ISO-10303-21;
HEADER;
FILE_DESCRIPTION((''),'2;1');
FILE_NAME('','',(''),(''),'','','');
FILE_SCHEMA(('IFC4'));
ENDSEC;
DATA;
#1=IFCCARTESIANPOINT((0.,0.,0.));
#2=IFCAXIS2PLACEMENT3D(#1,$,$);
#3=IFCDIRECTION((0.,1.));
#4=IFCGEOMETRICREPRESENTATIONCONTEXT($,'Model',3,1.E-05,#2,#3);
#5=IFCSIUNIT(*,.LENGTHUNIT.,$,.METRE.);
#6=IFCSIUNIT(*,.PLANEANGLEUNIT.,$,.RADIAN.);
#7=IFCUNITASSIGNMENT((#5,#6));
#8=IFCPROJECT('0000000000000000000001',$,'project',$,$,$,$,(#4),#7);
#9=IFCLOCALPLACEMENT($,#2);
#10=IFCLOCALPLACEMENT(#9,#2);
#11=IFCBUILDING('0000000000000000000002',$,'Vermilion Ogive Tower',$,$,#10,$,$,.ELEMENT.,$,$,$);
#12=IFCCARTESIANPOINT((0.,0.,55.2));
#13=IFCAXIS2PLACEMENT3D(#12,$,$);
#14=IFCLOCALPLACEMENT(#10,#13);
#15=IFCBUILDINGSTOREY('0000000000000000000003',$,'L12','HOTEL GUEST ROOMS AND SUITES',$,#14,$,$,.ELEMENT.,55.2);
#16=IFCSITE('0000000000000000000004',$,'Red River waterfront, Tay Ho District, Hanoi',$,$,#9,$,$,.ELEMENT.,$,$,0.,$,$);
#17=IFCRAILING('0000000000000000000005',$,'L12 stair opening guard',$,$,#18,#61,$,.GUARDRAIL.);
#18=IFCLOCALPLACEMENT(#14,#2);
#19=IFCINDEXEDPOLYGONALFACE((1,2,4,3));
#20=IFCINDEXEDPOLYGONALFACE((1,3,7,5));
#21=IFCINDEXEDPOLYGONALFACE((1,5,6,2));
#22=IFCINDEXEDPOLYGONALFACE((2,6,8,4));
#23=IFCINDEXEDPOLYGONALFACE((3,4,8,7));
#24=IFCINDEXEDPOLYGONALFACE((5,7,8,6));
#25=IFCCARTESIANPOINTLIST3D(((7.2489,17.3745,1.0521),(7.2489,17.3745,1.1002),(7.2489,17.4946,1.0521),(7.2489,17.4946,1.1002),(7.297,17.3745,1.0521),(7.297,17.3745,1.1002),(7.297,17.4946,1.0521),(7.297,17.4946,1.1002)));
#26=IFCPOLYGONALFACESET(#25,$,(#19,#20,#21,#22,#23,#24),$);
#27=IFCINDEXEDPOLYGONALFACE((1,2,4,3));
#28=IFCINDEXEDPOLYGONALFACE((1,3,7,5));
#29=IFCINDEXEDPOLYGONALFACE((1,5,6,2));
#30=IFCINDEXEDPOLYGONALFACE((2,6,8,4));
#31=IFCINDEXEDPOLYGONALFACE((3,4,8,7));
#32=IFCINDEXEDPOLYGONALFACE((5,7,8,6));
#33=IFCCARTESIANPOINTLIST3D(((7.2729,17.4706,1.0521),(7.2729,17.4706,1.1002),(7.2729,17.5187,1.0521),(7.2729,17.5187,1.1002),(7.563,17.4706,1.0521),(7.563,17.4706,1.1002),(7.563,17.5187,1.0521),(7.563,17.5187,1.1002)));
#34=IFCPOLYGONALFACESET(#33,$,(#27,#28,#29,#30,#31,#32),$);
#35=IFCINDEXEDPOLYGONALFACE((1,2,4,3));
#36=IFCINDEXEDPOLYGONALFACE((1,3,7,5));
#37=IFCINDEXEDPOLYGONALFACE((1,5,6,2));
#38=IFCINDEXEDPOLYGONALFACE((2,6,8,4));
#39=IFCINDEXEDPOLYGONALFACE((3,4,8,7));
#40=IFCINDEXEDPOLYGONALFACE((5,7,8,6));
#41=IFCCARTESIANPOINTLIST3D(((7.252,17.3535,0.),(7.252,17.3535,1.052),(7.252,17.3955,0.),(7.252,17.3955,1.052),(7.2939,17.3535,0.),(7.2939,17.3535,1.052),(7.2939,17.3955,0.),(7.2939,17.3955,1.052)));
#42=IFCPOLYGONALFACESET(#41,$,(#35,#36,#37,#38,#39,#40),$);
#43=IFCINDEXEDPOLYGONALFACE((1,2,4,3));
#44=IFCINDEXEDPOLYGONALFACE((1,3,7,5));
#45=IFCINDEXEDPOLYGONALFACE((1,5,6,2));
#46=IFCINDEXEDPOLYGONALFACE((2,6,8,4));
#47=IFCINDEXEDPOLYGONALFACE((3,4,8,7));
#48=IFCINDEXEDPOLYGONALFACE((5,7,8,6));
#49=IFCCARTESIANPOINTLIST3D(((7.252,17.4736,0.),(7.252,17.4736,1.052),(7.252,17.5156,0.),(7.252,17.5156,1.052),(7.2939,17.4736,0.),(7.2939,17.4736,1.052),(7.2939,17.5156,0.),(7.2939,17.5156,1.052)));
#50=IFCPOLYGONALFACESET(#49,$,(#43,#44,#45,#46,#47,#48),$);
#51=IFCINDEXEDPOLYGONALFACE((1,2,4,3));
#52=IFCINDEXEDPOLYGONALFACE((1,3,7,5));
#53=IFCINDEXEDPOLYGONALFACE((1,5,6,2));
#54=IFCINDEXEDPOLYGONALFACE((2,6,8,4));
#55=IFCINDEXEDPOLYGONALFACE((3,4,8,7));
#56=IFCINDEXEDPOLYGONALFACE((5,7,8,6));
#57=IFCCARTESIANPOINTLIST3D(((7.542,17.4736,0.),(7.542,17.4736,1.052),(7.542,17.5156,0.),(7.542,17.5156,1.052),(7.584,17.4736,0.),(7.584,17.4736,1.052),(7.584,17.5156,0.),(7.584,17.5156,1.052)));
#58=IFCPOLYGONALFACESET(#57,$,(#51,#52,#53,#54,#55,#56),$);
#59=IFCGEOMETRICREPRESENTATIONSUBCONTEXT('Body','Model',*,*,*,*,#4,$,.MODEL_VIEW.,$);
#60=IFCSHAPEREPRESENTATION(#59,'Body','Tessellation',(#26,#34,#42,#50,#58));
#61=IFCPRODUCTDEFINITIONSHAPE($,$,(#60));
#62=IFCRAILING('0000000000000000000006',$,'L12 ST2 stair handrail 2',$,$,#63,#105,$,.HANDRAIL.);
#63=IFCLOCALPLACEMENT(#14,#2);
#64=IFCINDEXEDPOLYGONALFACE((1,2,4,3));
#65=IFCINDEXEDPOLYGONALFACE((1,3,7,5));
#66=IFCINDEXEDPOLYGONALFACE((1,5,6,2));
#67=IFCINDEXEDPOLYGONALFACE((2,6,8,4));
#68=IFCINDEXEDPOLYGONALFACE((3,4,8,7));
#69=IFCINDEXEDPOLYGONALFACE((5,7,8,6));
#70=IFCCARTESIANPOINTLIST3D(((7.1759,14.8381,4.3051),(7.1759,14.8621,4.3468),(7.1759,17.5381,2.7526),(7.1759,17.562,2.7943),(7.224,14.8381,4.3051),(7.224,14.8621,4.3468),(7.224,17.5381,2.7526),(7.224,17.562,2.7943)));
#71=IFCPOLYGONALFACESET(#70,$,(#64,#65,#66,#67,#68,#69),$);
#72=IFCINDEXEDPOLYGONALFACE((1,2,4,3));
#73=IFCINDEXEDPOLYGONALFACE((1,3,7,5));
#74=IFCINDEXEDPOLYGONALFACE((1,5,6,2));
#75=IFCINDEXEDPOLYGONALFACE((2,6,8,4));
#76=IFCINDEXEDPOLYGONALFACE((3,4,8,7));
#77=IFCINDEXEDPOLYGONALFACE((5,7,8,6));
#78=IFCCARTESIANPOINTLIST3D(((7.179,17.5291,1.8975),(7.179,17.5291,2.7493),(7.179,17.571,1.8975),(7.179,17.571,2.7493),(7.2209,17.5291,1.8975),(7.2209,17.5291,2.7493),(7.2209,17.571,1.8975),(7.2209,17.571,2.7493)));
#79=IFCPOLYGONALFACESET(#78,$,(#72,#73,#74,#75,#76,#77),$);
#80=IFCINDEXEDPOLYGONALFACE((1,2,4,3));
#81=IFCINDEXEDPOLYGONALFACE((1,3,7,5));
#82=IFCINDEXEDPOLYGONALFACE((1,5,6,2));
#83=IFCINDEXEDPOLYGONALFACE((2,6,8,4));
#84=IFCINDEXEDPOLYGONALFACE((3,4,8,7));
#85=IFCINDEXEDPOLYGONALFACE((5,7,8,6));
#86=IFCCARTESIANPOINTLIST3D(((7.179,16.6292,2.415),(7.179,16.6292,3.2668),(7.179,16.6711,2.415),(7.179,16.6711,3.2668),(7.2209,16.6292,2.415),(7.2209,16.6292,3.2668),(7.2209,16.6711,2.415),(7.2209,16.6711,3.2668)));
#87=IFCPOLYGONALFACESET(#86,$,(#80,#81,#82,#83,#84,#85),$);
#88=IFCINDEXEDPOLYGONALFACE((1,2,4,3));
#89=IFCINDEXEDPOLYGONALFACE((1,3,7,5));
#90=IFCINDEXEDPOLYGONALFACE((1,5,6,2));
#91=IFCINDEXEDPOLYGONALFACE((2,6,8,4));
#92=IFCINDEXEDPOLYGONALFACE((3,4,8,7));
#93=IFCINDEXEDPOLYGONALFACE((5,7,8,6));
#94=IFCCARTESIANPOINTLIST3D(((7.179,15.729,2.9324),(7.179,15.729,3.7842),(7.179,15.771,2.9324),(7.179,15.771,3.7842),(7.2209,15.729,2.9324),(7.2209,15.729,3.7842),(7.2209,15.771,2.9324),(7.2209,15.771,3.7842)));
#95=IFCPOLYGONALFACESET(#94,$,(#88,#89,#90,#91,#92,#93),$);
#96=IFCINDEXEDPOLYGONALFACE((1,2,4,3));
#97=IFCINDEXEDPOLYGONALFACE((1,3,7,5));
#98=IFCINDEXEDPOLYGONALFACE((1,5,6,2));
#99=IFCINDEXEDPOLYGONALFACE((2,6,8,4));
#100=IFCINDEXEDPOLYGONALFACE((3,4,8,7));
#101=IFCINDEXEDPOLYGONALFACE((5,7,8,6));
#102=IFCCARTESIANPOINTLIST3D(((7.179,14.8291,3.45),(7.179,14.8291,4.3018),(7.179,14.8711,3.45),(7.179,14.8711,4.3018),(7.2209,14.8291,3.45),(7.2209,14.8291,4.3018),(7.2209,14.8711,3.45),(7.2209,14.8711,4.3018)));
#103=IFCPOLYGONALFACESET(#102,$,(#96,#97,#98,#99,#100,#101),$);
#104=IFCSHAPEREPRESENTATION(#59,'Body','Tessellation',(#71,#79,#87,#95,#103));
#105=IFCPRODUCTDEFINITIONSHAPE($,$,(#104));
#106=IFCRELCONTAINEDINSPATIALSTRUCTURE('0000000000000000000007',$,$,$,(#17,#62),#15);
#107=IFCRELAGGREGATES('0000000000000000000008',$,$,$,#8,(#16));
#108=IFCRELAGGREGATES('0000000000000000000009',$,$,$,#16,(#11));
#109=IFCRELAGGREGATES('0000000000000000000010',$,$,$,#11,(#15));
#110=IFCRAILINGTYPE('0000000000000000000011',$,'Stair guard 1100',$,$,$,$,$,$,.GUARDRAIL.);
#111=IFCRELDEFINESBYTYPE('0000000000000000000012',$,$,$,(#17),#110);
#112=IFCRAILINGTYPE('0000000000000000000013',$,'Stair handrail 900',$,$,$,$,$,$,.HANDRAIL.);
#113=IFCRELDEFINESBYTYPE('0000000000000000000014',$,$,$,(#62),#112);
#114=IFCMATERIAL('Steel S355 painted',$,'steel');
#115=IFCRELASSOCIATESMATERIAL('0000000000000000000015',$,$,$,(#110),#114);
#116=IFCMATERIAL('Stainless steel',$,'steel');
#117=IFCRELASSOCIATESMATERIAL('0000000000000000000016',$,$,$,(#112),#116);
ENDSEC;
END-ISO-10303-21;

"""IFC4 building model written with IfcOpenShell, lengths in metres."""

from ifc_helpers import new_model, si_unit, direction, frame, origin, origin_2d, place, context, subcontext, project, spatial, rectangle, extrude, material, type_object, element, save


model = new_model("IFC4")

# Units and contexts
model_context = context("Model", 3, precision=1e-05, world=origin(), true_north=direction((0.0, 1.0)))
body_context = subcontext(model_context, "Body", "Model", "MODEL_VIEW")
ifc_project = project(units=[si_unit("LENGTHUNIT", "METRE"), si_unit("PLANEANGLEUNIT", "RADIAN")], contexts=[model_context])

# Site, building, storey
site_placement = place(None, origin())
site = spatial("IfcSite", under=ifc_project, at=site_placement, Name="Red River waterfront, Tay Ho District, Hanoi", CompositionType="ELEMENT", RefElevation=0.0)
building_placement = place(site_placement, origin())
building = spatial("IfcBuilding", under=site, at=building_placement, Name="Vermilion Ogive Tower", CompositionType="ELEMENT")
storey_placement = place(building_placement, frame((0.0, 0.0, 55.2)))
storey = spatial("IfcBuildingStorey", under=building, at=storey_placement, Name="L12", Description="HOTEL GUEST ROOMS AND SUITES", CompositionType="ELEMENT", Elevation=55.2)

# Railings
ifc_material_1 = material(Name="Steel S355 painted", Category="steel")
railing_type_1 = type_object("IfcRailingType", Name="Stair guard 1100", PredefinedType="GUARDRAIL", material=ifc_material_1)
railing_1_placement = place(storey_placement, frame((7.2729, 17.3745, 0.0)))
element("IfcRailing", 1, at=railing_1_placement, inside=storey, type_object=railing_type_1, Name="L12 stair opening guard", PredefinedType="GUARDRAIL", context=body_context, shape_type="SweptSolid", body=[
    extrude(rectangle(XDim=0.0481, YDim=0.0481, at=origin_2d()), frame((0.0, 0.0, 1.0762), z_axis=(0.0, 1.0, 0.0), x_axis=(-1.0, 0.0, 0.0)), (0.0, 0.0, 1.0), 0.1201),
    extrude(rectangle(XDim=0.0481, YDim=0.0481, at=origin_2d()), frame((0.0, 0.1201, 1.0762), z_axis=(1.0, 0.0, 0.0), x_axis=(0.0, 1.0, 0.0)), (0.0, 0.0, 1.0), 0.29),
    extrude(rectangle(XDim=0.042, YDim=0.042, at=origin_2d()), origin(), (0.0, 0.0, 1.0), 1.052),
    extrude(rectangle(XDim=0.042, YDim=0.042, at=origin_2d()), frame((0.0, 0.1201, 0.0)), (0.0, 0.0, 1.0), 1.052),
    extrude(rectangle(XDim=0.042, YDim=0.042, at=origin_2d()), frame((0.29, 0.1201, 0.0)), (0.0, 0.0, 1.0), 1.052),
])
ifc_material_2 = material(Name="Stainless steel", Category="steel")
railing_type_2 = type_object("IfcRailingType", Name="Stair handrail 900", PredefinedType="HANDRAIL", material=ifc_material_2)
railing_2_placement = place(storey_placement, frame((7.2, 17.55, 1.8975)))
element("IfcRailing", 2, at=railing_2_placement, inside=storey, type_object=railing_type_2, Name="L12 ST2 stair handrail 2", PredefinedType="HANDRAIL", context=body_context, shape_type="SweptSolid", body=[
    extrude(rectangle(XDim=0.0481, YDim=0.0481, at=origin_2d()), frame((0.0, 0.0, 0.876), z_axis=(0.0, -0.866904, 0.498476), x_axis=(1.0, 0.0, 0.0)), (0.0, 0.0, 1.0), 3.1145),
    extrude(rectangle(XDim=0.042, YDim=0.042, at=origin_2d()), origin(), (0.0, 0.0, 1.0), 0.8518),
    extrude(rectangle(XDim=0.042, YDim=0.042, at=origin_2d()), frame((0.0, -0.8999, 0.5176)), (0.0, 0.0, 1.0), 0.8518),
    extrude(rectangle(XDim=0.042, YDim=0.042, at=origin_2d()), frame((0.0, -1.8, 1.0349)), (0.0, 0.0, 1.0), 0.8518),
    extrude(rectangle(XDim=0.042, YDim=0.042, at=origin_2d()), frame((0.0, -2.7, 1.5525)), (0.0, 0.0, 1.0), 0.8518),
])

save(model, "model.ifc")
